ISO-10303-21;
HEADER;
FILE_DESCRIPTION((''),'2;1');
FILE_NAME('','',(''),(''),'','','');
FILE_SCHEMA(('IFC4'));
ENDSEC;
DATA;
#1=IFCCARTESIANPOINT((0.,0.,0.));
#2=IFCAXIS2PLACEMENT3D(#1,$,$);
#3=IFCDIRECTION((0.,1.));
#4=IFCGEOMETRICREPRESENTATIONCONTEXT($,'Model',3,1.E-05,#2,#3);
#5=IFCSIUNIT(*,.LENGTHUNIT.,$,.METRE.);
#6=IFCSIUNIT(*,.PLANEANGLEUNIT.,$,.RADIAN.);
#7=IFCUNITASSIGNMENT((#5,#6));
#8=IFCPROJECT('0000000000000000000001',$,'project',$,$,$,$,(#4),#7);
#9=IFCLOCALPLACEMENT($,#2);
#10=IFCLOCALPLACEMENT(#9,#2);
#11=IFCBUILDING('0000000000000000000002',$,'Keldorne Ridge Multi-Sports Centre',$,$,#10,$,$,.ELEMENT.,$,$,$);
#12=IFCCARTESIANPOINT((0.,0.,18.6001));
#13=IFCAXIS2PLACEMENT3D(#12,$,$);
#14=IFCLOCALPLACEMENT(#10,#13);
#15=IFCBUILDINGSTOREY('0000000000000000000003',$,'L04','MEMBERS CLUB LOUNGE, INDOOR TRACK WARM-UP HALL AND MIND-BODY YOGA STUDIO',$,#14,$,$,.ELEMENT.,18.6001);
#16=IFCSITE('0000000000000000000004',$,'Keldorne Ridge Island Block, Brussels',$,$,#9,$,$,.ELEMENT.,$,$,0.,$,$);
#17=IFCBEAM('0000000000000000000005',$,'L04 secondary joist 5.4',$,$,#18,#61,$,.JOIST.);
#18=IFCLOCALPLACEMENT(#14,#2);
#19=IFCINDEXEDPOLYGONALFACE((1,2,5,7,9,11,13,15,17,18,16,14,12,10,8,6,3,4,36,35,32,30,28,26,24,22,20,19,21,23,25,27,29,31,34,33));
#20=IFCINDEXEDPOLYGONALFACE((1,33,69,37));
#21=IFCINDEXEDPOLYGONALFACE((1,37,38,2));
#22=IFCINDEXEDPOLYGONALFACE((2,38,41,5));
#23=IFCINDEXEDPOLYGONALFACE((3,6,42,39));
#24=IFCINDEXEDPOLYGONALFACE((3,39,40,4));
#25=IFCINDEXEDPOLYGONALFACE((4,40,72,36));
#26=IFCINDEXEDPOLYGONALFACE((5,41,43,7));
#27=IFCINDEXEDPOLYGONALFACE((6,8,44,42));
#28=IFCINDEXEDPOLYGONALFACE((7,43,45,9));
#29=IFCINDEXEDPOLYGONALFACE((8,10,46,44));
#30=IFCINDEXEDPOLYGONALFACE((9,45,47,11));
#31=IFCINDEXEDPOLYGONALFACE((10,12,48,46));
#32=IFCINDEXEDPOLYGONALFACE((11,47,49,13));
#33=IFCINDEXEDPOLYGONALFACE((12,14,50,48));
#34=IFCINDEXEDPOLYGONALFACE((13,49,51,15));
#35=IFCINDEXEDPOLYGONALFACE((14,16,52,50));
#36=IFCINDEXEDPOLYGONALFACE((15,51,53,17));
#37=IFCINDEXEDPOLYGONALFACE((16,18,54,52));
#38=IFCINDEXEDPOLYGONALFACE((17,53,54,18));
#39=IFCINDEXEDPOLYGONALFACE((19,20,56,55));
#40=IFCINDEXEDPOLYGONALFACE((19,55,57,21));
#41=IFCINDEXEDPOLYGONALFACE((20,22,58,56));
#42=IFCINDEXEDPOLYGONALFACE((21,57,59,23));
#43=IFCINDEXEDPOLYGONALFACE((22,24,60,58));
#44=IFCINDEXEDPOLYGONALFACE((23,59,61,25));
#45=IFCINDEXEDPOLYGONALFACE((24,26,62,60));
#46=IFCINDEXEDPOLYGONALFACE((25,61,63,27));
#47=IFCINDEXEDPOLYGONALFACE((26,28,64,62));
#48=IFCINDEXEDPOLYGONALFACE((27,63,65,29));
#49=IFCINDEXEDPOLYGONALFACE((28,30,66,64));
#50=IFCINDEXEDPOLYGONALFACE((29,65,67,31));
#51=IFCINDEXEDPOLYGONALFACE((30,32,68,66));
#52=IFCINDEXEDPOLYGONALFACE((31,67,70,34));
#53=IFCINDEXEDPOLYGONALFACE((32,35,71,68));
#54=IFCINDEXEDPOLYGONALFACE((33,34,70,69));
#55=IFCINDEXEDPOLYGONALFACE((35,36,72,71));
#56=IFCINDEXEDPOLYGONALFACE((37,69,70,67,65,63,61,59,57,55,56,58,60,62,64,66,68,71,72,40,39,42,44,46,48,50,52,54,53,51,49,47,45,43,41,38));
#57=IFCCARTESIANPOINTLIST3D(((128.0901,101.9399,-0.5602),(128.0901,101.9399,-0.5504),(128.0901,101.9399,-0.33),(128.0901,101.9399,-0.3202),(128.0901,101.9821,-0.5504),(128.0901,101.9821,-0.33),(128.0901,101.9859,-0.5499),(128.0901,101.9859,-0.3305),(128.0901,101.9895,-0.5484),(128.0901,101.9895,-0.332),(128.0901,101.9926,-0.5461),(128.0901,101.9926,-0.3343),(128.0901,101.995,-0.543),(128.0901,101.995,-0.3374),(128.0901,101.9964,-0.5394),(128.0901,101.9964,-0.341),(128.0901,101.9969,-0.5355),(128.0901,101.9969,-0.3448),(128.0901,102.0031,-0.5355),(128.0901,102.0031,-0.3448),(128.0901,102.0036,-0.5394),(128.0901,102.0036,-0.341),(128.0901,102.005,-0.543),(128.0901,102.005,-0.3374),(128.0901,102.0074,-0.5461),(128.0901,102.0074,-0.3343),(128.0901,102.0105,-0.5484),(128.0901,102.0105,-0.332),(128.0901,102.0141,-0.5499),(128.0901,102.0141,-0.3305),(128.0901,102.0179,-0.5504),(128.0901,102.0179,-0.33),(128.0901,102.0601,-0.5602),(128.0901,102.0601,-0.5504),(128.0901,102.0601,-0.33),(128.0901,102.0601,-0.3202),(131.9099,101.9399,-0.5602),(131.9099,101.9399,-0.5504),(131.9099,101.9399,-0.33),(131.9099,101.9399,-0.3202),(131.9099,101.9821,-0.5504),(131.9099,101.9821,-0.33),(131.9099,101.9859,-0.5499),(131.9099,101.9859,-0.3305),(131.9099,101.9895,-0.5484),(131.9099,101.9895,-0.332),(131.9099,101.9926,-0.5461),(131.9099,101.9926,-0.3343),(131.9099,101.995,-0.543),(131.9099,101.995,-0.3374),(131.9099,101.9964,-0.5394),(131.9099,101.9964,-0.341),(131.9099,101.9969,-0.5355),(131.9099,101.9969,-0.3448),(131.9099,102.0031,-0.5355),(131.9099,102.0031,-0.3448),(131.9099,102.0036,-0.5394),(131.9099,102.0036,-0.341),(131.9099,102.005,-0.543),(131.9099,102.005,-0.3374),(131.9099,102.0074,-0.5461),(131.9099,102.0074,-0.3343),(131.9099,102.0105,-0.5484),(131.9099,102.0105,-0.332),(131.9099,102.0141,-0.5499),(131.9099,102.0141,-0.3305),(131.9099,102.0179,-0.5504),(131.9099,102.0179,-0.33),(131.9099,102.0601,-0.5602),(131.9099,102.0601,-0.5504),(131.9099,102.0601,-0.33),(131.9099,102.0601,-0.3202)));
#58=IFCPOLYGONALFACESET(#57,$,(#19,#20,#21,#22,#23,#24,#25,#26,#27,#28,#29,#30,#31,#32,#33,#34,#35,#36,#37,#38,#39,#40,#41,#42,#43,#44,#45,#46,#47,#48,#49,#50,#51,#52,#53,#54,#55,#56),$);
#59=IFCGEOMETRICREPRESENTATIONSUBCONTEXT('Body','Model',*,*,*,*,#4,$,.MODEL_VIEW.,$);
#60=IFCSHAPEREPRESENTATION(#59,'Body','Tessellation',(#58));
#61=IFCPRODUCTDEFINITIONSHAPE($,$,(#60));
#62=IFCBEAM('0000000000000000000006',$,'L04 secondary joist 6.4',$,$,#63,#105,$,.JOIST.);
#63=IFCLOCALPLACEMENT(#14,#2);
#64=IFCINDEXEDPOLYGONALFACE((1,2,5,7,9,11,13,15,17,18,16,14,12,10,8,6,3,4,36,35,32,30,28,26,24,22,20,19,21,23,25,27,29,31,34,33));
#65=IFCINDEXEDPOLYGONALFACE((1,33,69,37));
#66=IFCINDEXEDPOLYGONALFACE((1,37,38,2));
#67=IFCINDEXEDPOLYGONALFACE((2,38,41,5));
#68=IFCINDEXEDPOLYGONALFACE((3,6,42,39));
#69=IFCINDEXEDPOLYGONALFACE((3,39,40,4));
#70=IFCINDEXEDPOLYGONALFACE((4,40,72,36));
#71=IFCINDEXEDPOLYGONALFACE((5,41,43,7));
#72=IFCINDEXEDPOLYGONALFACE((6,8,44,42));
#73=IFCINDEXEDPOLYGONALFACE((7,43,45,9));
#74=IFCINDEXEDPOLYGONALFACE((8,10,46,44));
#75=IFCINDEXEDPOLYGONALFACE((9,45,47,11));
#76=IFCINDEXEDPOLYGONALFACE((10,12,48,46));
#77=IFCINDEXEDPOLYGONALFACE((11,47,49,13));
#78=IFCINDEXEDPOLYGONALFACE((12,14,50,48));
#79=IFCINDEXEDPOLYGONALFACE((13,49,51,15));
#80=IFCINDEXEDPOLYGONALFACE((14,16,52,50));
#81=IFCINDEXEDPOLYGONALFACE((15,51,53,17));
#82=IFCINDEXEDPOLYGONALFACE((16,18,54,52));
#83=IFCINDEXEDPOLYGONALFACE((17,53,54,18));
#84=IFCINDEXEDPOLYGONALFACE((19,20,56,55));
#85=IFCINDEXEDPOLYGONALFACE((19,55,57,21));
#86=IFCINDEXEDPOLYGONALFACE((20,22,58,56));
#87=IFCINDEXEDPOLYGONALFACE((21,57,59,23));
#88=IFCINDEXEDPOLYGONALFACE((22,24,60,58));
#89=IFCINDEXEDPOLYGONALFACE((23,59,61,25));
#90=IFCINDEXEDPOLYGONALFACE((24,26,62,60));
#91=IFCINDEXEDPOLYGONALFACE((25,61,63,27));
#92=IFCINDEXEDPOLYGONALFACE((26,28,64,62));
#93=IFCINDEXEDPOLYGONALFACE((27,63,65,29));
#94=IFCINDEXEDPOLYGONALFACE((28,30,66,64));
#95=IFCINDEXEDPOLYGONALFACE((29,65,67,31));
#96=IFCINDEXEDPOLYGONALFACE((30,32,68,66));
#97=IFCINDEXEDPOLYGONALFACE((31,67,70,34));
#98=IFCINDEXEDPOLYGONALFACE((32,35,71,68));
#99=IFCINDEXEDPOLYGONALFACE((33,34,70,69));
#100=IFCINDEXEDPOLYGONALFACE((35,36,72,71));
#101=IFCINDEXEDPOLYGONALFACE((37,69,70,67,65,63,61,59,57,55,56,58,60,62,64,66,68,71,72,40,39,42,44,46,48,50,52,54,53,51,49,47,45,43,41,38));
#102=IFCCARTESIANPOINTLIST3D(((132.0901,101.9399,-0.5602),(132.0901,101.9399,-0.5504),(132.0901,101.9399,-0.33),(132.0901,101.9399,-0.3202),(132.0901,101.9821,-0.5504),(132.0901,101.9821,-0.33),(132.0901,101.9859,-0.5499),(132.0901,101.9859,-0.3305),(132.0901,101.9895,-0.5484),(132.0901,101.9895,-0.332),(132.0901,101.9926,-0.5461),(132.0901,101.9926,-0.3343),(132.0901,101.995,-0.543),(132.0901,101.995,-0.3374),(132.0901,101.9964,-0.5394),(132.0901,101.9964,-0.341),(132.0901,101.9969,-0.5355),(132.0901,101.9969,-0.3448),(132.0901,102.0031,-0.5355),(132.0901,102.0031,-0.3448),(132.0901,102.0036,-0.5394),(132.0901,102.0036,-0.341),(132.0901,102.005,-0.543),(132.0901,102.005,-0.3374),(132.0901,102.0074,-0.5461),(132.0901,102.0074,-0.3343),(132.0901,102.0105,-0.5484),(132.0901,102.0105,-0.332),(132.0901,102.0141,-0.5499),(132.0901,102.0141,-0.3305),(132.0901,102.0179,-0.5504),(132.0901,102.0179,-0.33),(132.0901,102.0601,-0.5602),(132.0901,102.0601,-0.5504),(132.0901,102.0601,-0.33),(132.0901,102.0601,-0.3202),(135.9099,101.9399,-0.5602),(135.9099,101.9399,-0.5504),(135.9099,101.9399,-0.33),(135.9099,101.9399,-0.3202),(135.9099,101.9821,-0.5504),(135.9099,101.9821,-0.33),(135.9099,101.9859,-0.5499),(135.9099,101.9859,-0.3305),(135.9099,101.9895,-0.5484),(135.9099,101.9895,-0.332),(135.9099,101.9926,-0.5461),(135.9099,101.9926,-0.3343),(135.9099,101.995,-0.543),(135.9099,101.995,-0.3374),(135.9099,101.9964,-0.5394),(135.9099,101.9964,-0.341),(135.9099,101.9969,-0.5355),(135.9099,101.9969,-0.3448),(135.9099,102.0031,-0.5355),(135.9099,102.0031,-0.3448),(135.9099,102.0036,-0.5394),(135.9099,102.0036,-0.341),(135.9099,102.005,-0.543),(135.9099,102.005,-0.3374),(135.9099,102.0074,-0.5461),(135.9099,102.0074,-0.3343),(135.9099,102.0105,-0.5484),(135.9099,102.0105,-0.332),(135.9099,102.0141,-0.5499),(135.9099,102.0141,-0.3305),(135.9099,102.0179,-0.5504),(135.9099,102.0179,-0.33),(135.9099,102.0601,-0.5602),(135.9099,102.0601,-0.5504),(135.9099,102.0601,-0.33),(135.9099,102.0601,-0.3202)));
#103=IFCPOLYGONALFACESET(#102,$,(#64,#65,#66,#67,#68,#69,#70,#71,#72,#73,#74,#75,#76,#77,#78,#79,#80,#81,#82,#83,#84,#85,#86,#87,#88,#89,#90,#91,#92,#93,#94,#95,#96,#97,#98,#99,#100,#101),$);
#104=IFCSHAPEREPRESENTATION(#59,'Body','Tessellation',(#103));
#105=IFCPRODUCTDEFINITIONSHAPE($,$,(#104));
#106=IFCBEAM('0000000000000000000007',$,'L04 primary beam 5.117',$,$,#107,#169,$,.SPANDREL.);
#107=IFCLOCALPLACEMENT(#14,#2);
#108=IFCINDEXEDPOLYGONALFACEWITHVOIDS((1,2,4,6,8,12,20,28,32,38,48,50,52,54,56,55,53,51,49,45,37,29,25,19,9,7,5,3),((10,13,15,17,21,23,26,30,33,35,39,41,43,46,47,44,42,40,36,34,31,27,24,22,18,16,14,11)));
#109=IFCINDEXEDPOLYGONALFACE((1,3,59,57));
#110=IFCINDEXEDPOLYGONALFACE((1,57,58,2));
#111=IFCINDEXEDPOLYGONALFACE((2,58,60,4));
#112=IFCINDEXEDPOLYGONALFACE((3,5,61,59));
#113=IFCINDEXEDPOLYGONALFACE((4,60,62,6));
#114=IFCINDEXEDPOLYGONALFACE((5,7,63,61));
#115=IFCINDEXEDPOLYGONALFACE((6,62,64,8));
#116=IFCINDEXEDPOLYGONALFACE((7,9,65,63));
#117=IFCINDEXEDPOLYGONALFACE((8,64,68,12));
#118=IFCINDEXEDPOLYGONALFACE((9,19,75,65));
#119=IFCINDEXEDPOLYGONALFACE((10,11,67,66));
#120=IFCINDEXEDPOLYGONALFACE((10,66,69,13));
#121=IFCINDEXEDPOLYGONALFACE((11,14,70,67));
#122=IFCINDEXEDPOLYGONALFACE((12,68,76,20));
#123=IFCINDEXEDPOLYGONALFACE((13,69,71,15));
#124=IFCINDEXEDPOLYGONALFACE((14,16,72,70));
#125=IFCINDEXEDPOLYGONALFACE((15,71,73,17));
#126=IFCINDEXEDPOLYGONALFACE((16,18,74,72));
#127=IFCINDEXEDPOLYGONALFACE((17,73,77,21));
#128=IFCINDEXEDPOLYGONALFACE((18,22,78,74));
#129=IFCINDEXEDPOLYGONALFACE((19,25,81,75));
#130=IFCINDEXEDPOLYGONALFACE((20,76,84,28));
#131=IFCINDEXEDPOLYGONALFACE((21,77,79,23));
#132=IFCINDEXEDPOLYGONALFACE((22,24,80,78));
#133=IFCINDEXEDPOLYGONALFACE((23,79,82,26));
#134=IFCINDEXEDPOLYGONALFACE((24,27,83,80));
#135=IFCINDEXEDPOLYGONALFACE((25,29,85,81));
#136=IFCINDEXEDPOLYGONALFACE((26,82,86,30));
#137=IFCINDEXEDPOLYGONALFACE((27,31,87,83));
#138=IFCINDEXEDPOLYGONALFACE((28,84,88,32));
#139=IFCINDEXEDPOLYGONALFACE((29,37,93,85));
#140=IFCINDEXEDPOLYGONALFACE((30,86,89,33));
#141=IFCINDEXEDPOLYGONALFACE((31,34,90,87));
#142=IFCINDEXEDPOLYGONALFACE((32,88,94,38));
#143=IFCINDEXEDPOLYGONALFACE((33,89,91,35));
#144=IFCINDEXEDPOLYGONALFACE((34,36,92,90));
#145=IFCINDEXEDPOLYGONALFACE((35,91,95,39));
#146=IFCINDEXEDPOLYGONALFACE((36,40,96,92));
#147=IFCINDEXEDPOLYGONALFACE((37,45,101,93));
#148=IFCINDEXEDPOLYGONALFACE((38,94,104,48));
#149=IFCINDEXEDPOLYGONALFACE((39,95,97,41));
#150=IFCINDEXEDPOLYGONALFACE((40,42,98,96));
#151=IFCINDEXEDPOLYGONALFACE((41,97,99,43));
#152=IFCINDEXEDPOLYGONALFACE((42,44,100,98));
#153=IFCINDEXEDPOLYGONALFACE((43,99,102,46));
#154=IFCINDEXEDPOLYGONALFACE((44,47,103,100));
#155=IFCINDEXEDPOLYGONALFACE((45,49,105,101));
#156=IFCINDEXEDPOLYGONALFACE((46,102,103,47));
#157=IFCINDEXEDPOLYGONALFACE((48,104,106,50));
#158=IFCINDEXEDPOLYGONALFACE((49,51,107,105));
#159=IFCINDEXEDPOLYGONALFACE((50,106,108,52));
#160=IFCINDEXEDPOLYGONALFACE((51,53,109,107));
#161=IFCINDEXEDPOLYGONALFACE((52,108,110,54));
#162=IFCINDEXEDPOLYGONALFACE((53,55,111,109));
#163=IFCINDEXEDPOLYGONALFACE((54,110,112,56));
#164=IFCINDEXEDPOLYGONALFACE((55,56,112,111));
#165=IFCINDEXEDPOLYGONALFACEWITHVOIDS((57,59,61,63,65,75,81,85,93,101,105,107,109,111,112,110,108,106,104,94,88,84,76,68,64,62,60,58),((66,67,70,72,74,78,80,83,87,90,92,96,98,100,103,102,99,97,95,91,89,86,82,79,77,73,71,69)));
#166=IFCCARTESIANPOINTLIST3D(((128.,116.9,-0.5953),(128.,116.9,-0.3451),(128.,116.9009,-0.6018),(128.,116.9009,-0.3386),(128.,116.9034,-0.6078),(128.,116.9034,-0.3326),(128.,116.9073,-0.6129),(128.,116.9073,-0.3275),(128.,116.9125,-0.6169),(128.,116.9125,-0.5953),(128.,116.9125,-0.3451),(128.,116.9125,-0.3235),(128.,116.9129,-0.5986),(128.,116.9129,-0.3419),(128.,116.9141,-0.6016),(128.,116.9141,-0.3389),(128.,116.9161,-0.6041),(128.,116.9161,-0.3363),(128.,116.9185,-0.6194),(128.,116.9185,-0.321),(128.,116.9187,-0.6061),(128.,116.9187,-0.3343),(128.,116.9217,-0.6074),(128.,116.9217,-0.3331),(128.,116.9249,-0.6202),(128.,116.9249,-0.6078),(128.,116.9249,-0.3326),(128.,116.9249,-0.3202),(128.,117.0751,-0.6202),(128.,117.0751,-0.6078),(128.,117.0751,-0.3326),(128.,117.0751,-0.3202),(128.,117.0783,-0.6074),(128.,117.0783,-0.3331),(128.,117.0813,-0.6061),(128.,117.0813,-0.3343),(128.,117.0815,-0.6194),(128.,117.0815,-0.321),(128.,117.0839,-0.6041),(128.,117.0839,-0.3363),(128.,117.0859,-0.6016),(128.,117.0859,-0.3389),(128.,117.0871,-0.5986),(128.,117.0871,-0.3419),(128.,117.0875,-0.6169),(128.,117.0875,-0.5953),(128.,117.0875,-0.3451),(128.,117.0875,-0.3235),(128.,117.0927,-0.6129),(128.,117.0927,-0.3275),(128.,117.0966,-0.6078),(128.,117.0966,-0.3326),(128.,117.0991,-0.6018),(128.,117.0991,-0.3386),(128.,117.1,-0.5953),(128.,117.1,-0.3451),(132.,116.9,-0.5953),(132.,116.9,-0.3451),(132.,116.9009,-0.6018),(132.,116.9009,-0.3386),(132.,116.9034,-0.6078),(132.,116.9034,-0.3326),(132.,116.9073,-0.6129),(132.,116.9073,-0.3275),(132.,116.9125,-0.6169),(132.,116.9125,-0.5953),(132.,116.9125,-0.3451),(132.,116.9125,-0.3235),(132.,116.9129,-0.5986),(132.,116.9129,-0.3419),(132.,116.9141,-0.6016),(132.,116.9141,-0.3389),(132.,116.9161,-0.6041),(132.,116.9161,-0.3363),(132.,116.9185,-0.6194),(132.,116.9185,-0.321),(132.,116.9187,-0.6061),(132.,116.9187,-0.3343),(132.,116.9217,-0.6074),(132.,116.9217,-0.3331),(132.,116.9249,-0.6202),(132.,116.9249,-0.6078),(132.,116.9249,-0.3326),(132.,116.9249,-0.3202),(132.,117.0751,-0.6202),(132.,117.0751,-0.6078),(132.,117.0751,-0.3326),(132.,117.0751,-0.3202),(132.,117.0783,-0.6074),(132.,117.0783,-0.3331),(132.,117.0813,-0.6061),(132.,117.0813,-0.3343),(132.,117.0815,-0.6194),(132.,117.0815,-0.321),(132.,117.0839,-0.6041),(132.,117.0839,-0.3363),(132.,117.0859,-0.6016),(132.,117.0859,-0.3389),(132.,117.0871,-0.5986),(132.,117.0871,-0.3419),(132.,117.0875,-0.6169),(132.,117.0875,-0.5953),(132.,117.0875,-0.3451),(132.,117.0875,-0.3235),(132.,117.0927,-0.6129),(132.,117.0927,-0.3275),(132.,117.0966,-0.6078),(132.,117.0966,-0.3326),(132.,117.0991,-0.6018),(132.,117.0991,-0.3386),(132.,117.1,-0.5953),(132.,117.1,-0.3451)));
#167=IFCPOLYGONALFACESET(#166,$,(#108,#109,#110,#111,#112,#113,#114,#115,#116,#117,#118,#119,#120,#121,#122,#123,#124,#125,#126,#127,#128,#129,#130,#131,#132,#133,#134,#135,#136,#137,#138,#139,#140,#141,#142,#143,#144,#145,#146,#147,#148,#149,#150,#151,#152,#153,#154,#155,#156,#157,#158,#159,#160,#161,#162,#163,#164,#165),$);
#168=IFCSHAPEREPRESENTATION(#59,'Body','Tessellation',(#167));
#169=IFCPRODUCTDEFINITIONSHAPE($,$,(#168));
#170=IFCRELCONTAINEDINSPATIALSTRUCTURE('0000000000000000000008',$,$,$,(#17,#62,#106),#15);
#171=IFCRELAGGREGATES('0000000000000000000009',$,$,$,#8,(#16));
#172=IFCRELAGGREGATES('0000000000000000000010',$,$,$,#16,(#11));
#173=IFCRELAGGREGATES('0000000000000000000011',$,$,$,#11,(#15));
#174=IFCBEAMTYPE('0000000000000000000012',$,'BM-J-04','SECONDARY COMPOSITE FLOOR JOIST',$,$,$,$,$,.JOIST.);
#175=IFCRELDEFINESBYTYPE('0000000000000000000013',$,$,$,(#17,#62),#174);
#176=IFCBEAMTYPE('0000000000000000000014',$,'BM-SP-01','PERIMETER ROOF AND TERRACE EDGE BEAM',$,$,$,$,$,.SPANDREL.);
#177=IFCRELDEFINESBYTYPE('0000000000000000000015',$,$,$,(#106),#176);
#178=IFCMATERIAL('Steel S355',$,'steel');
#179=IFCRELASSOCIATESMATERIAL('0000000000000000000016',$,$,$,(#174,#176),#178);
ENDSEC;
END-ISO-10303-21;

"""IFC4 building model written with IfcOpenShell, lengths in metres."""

from ifc_helpers import new_model, si_unit, direction, frame, origin, origin_2d, place, context, subcontext, project, spatial, hollow_rectangle, i_section, extrude, material, material_profile, profile_set, type_object, element, save


model = new_model("IFC4")

# Units and contexts
model_context = context("Model", 3, precision=1e-05, world=origin(), true_north=direction((0.0, 1.0)))
body_context = subcontext(model_context, "Body", "Model", "MODEL_VIEW")
ifc_project = project(units=[si_unit("LENGTHUNIT", "METRE"), si_unit("PLANEANGLEUNIT", "RADIAN")], contexts=[model_context])

# Site, building, storey
site_placement = place(None, origin())
site = spatial("IfcSite", under=ifc_project, at=site_placement, Name="Keldorne Ridge Island Block, Brussels", CompositionType="ELEMENT", RefElevation=0.0)
building_placement = place(site_placement, origin())
building = spatial("IfcBuilding", under=site, at=building_placement, Name="Keldorne Ridge Multi-Sports Centre", CompositionType="ELEMENT")
storey_placement = place(building_placement, frame((0.0, 0.0, 18.6001)))
storey = spatial("IfcBuildingStorey", under=building, at=storey_placement, Name="L04", Description="MEMBERS CLUB LOUNGE, INDOOR TRACK WARM-UP HALL AND MIND-BODY YOGA STUDIO", CompositionType="ELEMENT", Elevation=18.6001)

# Shared definitions
ifc_material_1 = material(Name="Steel S355", Category="steel")

# Beams
ifc_material_profile_1 = material_profile(ifc_material_1, i_section(OverallWidth=0.1201, OverallDepth=0.24, WebThickness=0.0061, FlangeThickness=0.0098, FilletRadius=0.0149, at=origin_2d()), Name="IPE 240")
ifc_profile_set_1 = profile_set([ifc_material_profile_1], Name="Steel S355")
beam_type_1 = type_object("IfcBeamType", Name="BM-J-04", Description="SECONDARY COMPOSITE FLOOR JOIST", PredefinedType="JOIST", material=ifc_profile_set_1)
for number, where, z_axis, x_axis, name in (
    (1, (128.0901, 102.0, -0.4402), (1.0, 0.0, 0.0), (0.0, 1.0, 0.0), "L04 secondary joist 5.4"),
    (2, (132.0901, 102.0, -0.4402), (1.0, 0.0, 0.0), (0.0, 1.0, 0.0), "L04 secondary joist 6.4"),
):
    element("IfcBeam", number, at=place(storey_placement, frame(where, z_axis=z_axis, x_axis=x_axis)), inside=storey, type_object=beam_type_1, Name=name, PredefinedType="JOIST", context=body_context, shape_type="SweptSolid", body=[
        extrude(i_section(OverallWidth=0.1201, OverallDepth=0.24, WebThickness=0.0061, FlangeThickness=0.0098, FilletRadius=0.0149, at=origin_2d()), origin(), (0.0, 0.0, 1.0), 3.8198),
    ])
ifc_material_profile_2 = material_profile(ifc_material_1, hollow_rectangle(XDim=0.2, YDim=0.3, WallThickness=0.0125, InnerFilletRadius=0.0125, OuterFilletRadius=0.0249, at=origin_2d()), Name="RHS 300x200x12.5")
ifc_profile_set_2 = profile_set([ifc_material_profile_2], Name="Steel S355")
beam_type_2 = type_object("IfcBeamType", Name="BM-SP-01", Description="PERIMETER ROOF AND TERRACE EDGE BEAM", PredefinedType="SPANDREL", material=ifc_profile_set_2)
for number, where, z_axis, x_axis, name in (
    (3, (128.0, 117.0, -0.4702), (1.0, 0.0, 0.0), (0.0, 1.0, 0.0), "L04 primary beam 5.117"),
):
    element("IfcBeam", number, at=place(storey_placement, frame(where, z_axis=z_axis, x_axis=x_axis)), inside=storey, type_object=beam_type_2, Name=name, PredefinedType="SPANDREL", context=body_context, shape_type="SweptSolid", body=[
        extrude(hollow_rectangle(XDim=0.2, YDim=0.3, WallThickness=0.0125, InnerFilletRadius=0.0125, OuterFilletRadius=0.0249, at=origin_2d()), origin(), (0.0, 0.0, 1.0), 4.0),
    ])

save(model, "model.ifc")
